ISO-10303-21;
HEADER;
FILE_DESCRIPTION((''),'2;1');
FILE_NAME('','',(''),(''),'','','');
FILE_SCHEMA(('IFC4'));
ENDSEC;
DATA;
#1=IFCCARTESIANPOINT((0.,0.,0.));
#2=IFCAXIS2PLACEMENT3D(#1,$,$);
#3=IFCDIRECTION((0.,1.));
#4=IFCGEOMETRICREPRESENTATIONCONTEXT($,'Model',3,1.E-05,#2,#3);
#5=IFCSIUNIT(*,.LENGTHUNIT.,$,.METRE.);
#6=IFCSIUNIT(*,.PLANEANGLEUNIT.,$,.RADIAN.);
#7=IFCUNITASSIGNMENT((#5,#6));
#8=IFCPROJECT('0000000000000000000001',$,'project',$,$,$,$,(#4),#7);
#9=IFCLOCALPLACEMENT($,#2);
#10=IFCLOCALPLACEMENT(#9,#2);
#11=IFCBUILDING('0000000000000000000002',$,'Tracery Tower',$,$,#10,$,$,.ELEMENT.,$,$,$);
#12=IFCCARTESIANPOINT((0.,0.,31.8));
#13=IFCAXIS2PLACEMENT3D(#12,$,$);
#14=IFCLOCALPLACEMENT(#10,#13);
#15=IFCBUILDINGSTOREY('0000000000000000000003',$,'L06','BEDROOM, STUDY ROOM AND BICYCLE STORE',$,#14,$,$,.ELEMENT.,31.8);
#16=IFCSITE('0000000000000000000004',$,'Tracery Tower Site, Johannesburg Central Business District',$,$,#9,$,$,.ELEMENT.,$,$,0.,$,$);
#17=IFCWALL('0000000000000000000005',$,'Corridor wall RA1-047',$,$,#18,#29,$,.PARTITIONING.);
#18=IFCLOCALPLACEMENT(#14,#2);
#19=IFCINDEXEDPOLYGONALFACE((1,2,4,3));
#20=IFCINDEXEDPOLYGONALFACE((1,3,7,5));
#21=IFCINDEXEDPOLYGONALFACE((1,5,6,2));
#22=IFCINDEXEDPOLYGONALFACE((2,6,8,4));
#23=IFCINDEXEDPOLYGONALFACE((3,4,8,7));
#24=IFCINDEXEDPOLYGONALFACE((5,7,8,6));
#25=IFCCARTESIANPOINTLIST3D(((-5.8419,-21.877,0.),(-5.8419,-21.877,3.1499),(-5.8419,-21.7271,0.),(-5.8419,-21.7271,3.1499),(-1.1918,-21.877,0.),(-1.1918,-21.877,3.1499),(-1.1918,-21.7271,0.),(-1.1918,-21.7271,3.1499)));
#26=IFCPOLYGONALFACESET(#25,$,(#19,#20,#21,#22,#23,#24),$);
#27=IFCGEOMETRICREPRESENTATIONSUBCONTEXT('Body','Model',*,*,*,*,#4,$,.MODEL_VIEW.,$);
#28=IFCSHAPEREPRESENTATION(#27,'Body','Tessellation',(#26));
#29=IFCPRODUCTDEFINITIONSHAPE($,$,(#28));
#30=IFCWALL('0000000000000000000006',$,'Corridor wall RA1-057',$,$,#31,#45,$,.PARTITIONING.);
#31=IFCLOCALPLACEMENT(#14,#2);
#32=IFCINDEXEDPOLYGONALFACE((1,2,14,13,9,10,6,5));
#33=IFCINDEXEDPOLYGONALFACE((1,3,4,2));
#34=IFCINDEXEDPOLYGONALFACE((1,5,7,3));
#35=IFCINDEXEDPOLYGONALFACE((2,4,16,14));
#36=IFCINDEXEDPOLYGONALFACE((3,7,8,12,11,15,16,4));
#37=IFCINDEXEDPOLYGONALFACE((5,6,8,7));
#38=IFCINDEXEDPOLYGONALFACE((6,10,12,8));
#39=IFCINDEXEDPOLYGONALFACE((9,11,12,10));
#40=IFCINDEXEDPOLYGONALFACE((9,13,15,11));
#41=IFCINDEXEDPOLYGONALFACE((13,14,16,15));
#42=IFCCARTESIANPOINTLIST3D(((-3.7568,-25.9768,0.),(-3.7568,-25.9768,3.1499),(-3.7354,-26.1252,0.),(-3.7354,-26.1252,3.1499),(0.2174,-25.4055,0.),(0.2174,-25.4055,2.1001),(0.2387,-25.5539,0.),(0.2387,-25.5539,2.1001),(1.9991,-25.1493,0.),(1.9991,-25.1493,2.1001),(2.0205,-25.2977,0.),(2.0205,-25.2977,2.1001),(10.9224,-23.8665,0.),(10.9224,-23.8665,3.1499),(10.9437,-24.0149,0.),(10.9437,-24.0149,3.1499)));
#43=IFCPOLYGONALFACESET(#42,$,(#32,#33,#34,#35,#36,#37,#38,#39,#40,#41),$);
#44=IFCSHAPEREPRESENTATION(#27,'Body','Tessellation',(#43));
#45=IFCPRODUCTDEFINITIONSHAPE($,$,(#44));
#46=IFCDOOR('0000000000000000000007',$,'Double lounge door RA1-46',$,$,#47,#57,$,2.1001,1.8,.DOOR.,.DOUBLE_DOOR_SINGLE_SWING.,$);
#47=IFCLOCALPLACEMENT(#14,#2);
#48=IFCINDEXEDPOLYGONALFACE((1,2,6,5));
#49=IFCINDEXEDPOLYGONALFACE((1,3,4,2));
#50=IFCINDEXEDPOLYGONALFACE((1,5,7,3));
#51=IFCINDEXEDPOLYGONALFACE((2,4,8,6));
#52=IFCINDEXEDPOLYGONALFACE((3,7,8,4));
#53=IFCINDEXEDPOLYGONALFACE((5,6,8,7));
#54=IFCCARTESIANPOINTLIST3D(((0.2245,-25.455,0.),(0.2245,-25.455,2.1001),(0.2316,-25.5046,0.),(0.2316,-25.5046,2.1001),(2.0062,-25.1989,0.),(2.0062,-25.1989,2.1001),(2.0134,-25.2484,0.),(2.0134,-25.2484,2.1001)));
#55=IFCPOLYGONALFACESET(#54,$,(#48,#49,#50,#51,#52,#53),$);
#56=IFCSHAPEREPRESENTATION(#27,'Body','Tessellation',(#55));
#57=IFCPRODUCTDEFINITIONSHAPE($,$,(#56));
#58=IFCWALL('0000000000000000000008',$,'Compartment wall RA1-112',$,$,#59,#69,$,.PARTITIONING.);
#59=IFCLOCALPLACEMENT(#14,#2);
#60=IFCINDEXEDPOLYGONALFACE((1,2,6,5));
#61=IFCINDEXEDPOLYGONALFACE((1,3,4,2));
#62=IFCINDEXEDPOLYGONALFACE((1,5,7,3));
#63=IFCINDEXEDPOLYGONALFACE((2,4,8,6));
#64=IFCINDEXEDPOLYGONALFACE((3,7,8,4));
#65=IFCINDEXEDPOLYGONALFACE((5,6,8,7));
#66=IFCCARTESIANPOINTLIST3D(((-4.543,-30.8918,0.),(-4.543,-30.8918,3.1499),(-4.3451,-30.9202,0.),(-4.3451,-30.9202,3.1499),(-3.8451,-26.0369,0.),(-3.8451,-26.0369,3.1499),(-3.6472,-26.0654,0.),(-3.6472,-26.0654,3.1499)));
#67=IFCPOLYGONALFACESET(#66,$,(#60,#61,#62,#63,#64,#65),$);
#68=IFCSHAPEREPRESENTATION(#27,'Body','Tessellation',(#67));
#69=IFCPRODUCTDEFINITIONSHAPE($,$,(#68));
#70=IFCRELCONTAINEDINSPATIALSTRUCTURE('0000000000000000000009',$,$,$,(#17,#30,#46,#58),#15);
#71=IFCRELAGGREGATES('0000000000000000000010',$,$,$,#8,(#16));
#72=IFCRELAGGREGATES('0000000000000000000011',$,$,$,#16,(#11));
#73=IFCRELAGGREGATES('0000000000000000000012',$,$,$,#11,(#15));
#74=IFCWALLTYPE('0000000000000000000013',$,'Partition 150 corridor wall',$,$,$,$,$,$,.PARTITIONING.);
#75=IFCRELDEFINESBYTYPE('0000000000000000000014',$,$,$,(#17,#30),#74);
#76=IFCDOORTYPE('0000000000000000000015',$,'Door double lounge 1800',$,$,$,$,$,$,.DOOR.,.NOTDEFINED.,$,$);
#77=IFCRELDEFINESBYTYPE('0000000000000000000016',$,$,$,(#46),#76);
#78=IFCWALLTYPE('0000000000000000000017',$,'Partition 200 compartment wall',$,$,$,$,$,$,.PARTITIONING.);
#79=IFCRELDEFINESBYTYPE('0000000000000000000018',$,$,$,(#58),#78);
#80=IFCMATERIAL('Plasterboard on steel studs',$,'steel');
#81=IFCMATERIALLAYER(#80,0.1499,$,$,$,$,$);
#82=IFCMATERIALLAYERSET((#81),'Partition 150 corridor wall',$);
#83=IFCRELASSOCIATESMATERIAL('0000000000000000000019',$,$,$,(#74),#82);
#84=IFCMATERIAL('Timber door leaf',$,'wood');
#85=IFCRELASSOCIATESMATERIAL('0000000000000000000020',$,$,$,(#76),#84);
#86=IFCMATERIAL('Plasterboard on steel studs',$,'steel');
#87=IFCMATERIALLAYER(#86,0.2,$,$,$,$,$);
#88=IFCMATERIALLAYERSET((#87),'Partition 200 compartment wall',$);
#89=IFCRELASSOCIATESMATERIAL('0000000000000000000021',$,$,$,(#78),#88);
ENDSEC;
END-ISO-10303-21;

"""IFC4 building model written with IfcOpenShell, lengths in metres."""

from ifc_helpers import new_model, si_unit, direction, frame, frame_2d, origin, place, context, subcontext, project, spatial, rectangle, extrude, material, layer, layer_set, type_object, element, fill, save


model = new_model("IFC4")

# Units and contexts
model_context = context("Model", 3, precision=1e-05, world=origin(), true_north=direction((0.0, 1.0)))
body_context = subcontext(model_context, "Body", "Model", "MODEL_VIEW")
ifc_project = project(units=[si_unit("LENGTHUNIT", "METRE"), si_unit("PLANEANGLEUNIT", "RADIAN")], contexts=[model_context])

# Site, building, storey
site_placement = place(None, origin())
site = spatial("IfcSite", under=ifc_project, at=site_placement, Name="Tracery Tower Site, Johannesburg Central Business District", CompositionType="ELEMENT", RefElevation=0.0)
building_placement = place(site_placement, origin())
building = spatial("IfcBuilding", under=site, at=building_placement, Name="Tracery Tower", CompositionType="ELEMENT")
storey_placement = place(building_placement, frame((0.0, 0.0, 31.8)))
storey = spatial("IfcBuildingStorey", under=building, at=storey_placement, Name="L06", Description="BEDROOM, STUDY ROOM AND BICYCLE STORE", CompositionType="ELEMENT", Elevation=31.8)

# Shared definitions
ifc_material_1 = material(Name="Plasterboard on steel studs", Category="steel")
ifc_layer_1 = layer(ifc_material_1, 0.1499)
ifc_layer_set_1 = layer_set([ifc_layer_1], Name="Partition 150 corridor wall")
wall_type_1 = type_object("IfcWallType", Name="Partition 150 corridor wall", PredefinedType="PARTITIONING", material=ifc_layer_set_1)
ifc_material_2 = material(Name="Timber door leaf", Category="wood")
door_type = type_object("IfcDoorType", Name="Door double lounge 1800", OperationType="NOTDEFINED", PredefinedType="DOOR", material=ifc_material_2)

# Wall
wall_1_placement = place(storey_placement, frame((-5.842, -21.802, 0.0), z_axis=(0.0, 0.0, 1.0), x_axis=(1.0, 0.0, 0.0)))
element("IfcWall", 1, at=wall_1_placement, inside=storey, type_object=wall_type_1, Name="Corridor wall RA1-047", PredefinedType="PARTITIONING", context=body_context, shape_type="SweptSolid", body=[
    extrude(rectangle(XDim=4.6501, YDim=0.1499, at=frame_2d((2.3252, 0.0))), origin(), (0.0, 0.0, 1.0), 3.1499),
])

# Wall, opening, door
wall_2_placement = place(storey_placement, frame((-3.7461, -26.051, 0.0), z_axis=(0.0, 0.0, 1.0), x_axis=(0.989823, 0.142302, 0.0)))
wall_2 = element("IfcWall", 2, at=wall_2_placement, inside=storey, type_object=wall_type_1, Name="Corridor wall RA1-057", PredefinedType="PARTITIONING", context=body_context, shape_type="SweptSolid", body=[
    extrude(rectangle(XDim=14.8301, YDim=0.1499, at=frame_2d((7.415, 0.0))), origin(), (0.0, 0.0, 1.0), 3.1499),
])
opening_1_placement = place(wall_2_placement, frame((4.0151, 0.0, 0.0)))
opening_1 = element("IfcOpeningElement", 3, at=opening_1_placement, cuts=wall_2, PredefinedType="OPENING", context=body_context, shape_type="SweptSolid", body=[
    extrude(rectangle(XDim=1.8, YDim=2.1001, at=frame_2d((0.8999, 1.05))), frame((0.0, 0.075, 0.0), z_axis=(0.0, -1.0, 0.0), x_axis=(1.0, 0.0, 0.0)), (0.0, 0.0, 1.0), 0.1499),
])
door_1_placement = place(opening_1_placement, origin())
door_1 = element("IfcDoor", 4, at=door_1_placement, inside=storey, type_object=door_type, Name="Double lounge door RA1-46", OperationType="DOUBLE_DOOR_SINGLE_SWING", OverallHeight=2.1001, OverallWidth=1.8, PredefinedType="DOOR", context=body_context, shape_type="SweptSolid", body=[
    extrude(rectangle(XDim=1.8, YDim=2.1001, at=frame_2d((0.8999, 1.05))), frame((0.0, 0.0249, 0.0), z_axis=(0.0, -1.0, 0.0), x_axis=(1.0, 0.0, 0.0)), (0.0, 0.0, 1.0), 0.05),
])
fill(opening_1, door_1)

# Wall
ifc_material_3 = material(Name="Plasterboard on steel studs", Category="steel")
ifc_layer_2 = layer(ifc_material_3, 0.2)
ifc_layer_set_2 = layer_set([ifc_layer_2], Name="Partition 200 compartment wall")
wall_type_2 = type_object("IfcWallType", Name="Partition 200 compartment wall", PredefinedType="PARTITIONING", material=ifc_layer_set_2)
wall_3_placement = place(storey_placement, frame((-4.4441, -30.906, 0.0), z_axis=(0.0, 0.0, 1.0), x_axis=(0.142306, 0.989823, 0.0)))
element("IfcWall", 5, at=wall_3_placement, inside=storey, type_object=wall_type_2, Name="Compartment wall RA1-112", PredefinedType="PARTITIONING", context=body_context, shape_type="SweptSolid", body=[
    extrude(rectangle(XDim=4.9048, YDim=0.2, at=frame_2d((2.4524, 0.0))), origin(), (0.0, 0.0, 1.0), 3.1499),
])

save(model, "model.ifc")
